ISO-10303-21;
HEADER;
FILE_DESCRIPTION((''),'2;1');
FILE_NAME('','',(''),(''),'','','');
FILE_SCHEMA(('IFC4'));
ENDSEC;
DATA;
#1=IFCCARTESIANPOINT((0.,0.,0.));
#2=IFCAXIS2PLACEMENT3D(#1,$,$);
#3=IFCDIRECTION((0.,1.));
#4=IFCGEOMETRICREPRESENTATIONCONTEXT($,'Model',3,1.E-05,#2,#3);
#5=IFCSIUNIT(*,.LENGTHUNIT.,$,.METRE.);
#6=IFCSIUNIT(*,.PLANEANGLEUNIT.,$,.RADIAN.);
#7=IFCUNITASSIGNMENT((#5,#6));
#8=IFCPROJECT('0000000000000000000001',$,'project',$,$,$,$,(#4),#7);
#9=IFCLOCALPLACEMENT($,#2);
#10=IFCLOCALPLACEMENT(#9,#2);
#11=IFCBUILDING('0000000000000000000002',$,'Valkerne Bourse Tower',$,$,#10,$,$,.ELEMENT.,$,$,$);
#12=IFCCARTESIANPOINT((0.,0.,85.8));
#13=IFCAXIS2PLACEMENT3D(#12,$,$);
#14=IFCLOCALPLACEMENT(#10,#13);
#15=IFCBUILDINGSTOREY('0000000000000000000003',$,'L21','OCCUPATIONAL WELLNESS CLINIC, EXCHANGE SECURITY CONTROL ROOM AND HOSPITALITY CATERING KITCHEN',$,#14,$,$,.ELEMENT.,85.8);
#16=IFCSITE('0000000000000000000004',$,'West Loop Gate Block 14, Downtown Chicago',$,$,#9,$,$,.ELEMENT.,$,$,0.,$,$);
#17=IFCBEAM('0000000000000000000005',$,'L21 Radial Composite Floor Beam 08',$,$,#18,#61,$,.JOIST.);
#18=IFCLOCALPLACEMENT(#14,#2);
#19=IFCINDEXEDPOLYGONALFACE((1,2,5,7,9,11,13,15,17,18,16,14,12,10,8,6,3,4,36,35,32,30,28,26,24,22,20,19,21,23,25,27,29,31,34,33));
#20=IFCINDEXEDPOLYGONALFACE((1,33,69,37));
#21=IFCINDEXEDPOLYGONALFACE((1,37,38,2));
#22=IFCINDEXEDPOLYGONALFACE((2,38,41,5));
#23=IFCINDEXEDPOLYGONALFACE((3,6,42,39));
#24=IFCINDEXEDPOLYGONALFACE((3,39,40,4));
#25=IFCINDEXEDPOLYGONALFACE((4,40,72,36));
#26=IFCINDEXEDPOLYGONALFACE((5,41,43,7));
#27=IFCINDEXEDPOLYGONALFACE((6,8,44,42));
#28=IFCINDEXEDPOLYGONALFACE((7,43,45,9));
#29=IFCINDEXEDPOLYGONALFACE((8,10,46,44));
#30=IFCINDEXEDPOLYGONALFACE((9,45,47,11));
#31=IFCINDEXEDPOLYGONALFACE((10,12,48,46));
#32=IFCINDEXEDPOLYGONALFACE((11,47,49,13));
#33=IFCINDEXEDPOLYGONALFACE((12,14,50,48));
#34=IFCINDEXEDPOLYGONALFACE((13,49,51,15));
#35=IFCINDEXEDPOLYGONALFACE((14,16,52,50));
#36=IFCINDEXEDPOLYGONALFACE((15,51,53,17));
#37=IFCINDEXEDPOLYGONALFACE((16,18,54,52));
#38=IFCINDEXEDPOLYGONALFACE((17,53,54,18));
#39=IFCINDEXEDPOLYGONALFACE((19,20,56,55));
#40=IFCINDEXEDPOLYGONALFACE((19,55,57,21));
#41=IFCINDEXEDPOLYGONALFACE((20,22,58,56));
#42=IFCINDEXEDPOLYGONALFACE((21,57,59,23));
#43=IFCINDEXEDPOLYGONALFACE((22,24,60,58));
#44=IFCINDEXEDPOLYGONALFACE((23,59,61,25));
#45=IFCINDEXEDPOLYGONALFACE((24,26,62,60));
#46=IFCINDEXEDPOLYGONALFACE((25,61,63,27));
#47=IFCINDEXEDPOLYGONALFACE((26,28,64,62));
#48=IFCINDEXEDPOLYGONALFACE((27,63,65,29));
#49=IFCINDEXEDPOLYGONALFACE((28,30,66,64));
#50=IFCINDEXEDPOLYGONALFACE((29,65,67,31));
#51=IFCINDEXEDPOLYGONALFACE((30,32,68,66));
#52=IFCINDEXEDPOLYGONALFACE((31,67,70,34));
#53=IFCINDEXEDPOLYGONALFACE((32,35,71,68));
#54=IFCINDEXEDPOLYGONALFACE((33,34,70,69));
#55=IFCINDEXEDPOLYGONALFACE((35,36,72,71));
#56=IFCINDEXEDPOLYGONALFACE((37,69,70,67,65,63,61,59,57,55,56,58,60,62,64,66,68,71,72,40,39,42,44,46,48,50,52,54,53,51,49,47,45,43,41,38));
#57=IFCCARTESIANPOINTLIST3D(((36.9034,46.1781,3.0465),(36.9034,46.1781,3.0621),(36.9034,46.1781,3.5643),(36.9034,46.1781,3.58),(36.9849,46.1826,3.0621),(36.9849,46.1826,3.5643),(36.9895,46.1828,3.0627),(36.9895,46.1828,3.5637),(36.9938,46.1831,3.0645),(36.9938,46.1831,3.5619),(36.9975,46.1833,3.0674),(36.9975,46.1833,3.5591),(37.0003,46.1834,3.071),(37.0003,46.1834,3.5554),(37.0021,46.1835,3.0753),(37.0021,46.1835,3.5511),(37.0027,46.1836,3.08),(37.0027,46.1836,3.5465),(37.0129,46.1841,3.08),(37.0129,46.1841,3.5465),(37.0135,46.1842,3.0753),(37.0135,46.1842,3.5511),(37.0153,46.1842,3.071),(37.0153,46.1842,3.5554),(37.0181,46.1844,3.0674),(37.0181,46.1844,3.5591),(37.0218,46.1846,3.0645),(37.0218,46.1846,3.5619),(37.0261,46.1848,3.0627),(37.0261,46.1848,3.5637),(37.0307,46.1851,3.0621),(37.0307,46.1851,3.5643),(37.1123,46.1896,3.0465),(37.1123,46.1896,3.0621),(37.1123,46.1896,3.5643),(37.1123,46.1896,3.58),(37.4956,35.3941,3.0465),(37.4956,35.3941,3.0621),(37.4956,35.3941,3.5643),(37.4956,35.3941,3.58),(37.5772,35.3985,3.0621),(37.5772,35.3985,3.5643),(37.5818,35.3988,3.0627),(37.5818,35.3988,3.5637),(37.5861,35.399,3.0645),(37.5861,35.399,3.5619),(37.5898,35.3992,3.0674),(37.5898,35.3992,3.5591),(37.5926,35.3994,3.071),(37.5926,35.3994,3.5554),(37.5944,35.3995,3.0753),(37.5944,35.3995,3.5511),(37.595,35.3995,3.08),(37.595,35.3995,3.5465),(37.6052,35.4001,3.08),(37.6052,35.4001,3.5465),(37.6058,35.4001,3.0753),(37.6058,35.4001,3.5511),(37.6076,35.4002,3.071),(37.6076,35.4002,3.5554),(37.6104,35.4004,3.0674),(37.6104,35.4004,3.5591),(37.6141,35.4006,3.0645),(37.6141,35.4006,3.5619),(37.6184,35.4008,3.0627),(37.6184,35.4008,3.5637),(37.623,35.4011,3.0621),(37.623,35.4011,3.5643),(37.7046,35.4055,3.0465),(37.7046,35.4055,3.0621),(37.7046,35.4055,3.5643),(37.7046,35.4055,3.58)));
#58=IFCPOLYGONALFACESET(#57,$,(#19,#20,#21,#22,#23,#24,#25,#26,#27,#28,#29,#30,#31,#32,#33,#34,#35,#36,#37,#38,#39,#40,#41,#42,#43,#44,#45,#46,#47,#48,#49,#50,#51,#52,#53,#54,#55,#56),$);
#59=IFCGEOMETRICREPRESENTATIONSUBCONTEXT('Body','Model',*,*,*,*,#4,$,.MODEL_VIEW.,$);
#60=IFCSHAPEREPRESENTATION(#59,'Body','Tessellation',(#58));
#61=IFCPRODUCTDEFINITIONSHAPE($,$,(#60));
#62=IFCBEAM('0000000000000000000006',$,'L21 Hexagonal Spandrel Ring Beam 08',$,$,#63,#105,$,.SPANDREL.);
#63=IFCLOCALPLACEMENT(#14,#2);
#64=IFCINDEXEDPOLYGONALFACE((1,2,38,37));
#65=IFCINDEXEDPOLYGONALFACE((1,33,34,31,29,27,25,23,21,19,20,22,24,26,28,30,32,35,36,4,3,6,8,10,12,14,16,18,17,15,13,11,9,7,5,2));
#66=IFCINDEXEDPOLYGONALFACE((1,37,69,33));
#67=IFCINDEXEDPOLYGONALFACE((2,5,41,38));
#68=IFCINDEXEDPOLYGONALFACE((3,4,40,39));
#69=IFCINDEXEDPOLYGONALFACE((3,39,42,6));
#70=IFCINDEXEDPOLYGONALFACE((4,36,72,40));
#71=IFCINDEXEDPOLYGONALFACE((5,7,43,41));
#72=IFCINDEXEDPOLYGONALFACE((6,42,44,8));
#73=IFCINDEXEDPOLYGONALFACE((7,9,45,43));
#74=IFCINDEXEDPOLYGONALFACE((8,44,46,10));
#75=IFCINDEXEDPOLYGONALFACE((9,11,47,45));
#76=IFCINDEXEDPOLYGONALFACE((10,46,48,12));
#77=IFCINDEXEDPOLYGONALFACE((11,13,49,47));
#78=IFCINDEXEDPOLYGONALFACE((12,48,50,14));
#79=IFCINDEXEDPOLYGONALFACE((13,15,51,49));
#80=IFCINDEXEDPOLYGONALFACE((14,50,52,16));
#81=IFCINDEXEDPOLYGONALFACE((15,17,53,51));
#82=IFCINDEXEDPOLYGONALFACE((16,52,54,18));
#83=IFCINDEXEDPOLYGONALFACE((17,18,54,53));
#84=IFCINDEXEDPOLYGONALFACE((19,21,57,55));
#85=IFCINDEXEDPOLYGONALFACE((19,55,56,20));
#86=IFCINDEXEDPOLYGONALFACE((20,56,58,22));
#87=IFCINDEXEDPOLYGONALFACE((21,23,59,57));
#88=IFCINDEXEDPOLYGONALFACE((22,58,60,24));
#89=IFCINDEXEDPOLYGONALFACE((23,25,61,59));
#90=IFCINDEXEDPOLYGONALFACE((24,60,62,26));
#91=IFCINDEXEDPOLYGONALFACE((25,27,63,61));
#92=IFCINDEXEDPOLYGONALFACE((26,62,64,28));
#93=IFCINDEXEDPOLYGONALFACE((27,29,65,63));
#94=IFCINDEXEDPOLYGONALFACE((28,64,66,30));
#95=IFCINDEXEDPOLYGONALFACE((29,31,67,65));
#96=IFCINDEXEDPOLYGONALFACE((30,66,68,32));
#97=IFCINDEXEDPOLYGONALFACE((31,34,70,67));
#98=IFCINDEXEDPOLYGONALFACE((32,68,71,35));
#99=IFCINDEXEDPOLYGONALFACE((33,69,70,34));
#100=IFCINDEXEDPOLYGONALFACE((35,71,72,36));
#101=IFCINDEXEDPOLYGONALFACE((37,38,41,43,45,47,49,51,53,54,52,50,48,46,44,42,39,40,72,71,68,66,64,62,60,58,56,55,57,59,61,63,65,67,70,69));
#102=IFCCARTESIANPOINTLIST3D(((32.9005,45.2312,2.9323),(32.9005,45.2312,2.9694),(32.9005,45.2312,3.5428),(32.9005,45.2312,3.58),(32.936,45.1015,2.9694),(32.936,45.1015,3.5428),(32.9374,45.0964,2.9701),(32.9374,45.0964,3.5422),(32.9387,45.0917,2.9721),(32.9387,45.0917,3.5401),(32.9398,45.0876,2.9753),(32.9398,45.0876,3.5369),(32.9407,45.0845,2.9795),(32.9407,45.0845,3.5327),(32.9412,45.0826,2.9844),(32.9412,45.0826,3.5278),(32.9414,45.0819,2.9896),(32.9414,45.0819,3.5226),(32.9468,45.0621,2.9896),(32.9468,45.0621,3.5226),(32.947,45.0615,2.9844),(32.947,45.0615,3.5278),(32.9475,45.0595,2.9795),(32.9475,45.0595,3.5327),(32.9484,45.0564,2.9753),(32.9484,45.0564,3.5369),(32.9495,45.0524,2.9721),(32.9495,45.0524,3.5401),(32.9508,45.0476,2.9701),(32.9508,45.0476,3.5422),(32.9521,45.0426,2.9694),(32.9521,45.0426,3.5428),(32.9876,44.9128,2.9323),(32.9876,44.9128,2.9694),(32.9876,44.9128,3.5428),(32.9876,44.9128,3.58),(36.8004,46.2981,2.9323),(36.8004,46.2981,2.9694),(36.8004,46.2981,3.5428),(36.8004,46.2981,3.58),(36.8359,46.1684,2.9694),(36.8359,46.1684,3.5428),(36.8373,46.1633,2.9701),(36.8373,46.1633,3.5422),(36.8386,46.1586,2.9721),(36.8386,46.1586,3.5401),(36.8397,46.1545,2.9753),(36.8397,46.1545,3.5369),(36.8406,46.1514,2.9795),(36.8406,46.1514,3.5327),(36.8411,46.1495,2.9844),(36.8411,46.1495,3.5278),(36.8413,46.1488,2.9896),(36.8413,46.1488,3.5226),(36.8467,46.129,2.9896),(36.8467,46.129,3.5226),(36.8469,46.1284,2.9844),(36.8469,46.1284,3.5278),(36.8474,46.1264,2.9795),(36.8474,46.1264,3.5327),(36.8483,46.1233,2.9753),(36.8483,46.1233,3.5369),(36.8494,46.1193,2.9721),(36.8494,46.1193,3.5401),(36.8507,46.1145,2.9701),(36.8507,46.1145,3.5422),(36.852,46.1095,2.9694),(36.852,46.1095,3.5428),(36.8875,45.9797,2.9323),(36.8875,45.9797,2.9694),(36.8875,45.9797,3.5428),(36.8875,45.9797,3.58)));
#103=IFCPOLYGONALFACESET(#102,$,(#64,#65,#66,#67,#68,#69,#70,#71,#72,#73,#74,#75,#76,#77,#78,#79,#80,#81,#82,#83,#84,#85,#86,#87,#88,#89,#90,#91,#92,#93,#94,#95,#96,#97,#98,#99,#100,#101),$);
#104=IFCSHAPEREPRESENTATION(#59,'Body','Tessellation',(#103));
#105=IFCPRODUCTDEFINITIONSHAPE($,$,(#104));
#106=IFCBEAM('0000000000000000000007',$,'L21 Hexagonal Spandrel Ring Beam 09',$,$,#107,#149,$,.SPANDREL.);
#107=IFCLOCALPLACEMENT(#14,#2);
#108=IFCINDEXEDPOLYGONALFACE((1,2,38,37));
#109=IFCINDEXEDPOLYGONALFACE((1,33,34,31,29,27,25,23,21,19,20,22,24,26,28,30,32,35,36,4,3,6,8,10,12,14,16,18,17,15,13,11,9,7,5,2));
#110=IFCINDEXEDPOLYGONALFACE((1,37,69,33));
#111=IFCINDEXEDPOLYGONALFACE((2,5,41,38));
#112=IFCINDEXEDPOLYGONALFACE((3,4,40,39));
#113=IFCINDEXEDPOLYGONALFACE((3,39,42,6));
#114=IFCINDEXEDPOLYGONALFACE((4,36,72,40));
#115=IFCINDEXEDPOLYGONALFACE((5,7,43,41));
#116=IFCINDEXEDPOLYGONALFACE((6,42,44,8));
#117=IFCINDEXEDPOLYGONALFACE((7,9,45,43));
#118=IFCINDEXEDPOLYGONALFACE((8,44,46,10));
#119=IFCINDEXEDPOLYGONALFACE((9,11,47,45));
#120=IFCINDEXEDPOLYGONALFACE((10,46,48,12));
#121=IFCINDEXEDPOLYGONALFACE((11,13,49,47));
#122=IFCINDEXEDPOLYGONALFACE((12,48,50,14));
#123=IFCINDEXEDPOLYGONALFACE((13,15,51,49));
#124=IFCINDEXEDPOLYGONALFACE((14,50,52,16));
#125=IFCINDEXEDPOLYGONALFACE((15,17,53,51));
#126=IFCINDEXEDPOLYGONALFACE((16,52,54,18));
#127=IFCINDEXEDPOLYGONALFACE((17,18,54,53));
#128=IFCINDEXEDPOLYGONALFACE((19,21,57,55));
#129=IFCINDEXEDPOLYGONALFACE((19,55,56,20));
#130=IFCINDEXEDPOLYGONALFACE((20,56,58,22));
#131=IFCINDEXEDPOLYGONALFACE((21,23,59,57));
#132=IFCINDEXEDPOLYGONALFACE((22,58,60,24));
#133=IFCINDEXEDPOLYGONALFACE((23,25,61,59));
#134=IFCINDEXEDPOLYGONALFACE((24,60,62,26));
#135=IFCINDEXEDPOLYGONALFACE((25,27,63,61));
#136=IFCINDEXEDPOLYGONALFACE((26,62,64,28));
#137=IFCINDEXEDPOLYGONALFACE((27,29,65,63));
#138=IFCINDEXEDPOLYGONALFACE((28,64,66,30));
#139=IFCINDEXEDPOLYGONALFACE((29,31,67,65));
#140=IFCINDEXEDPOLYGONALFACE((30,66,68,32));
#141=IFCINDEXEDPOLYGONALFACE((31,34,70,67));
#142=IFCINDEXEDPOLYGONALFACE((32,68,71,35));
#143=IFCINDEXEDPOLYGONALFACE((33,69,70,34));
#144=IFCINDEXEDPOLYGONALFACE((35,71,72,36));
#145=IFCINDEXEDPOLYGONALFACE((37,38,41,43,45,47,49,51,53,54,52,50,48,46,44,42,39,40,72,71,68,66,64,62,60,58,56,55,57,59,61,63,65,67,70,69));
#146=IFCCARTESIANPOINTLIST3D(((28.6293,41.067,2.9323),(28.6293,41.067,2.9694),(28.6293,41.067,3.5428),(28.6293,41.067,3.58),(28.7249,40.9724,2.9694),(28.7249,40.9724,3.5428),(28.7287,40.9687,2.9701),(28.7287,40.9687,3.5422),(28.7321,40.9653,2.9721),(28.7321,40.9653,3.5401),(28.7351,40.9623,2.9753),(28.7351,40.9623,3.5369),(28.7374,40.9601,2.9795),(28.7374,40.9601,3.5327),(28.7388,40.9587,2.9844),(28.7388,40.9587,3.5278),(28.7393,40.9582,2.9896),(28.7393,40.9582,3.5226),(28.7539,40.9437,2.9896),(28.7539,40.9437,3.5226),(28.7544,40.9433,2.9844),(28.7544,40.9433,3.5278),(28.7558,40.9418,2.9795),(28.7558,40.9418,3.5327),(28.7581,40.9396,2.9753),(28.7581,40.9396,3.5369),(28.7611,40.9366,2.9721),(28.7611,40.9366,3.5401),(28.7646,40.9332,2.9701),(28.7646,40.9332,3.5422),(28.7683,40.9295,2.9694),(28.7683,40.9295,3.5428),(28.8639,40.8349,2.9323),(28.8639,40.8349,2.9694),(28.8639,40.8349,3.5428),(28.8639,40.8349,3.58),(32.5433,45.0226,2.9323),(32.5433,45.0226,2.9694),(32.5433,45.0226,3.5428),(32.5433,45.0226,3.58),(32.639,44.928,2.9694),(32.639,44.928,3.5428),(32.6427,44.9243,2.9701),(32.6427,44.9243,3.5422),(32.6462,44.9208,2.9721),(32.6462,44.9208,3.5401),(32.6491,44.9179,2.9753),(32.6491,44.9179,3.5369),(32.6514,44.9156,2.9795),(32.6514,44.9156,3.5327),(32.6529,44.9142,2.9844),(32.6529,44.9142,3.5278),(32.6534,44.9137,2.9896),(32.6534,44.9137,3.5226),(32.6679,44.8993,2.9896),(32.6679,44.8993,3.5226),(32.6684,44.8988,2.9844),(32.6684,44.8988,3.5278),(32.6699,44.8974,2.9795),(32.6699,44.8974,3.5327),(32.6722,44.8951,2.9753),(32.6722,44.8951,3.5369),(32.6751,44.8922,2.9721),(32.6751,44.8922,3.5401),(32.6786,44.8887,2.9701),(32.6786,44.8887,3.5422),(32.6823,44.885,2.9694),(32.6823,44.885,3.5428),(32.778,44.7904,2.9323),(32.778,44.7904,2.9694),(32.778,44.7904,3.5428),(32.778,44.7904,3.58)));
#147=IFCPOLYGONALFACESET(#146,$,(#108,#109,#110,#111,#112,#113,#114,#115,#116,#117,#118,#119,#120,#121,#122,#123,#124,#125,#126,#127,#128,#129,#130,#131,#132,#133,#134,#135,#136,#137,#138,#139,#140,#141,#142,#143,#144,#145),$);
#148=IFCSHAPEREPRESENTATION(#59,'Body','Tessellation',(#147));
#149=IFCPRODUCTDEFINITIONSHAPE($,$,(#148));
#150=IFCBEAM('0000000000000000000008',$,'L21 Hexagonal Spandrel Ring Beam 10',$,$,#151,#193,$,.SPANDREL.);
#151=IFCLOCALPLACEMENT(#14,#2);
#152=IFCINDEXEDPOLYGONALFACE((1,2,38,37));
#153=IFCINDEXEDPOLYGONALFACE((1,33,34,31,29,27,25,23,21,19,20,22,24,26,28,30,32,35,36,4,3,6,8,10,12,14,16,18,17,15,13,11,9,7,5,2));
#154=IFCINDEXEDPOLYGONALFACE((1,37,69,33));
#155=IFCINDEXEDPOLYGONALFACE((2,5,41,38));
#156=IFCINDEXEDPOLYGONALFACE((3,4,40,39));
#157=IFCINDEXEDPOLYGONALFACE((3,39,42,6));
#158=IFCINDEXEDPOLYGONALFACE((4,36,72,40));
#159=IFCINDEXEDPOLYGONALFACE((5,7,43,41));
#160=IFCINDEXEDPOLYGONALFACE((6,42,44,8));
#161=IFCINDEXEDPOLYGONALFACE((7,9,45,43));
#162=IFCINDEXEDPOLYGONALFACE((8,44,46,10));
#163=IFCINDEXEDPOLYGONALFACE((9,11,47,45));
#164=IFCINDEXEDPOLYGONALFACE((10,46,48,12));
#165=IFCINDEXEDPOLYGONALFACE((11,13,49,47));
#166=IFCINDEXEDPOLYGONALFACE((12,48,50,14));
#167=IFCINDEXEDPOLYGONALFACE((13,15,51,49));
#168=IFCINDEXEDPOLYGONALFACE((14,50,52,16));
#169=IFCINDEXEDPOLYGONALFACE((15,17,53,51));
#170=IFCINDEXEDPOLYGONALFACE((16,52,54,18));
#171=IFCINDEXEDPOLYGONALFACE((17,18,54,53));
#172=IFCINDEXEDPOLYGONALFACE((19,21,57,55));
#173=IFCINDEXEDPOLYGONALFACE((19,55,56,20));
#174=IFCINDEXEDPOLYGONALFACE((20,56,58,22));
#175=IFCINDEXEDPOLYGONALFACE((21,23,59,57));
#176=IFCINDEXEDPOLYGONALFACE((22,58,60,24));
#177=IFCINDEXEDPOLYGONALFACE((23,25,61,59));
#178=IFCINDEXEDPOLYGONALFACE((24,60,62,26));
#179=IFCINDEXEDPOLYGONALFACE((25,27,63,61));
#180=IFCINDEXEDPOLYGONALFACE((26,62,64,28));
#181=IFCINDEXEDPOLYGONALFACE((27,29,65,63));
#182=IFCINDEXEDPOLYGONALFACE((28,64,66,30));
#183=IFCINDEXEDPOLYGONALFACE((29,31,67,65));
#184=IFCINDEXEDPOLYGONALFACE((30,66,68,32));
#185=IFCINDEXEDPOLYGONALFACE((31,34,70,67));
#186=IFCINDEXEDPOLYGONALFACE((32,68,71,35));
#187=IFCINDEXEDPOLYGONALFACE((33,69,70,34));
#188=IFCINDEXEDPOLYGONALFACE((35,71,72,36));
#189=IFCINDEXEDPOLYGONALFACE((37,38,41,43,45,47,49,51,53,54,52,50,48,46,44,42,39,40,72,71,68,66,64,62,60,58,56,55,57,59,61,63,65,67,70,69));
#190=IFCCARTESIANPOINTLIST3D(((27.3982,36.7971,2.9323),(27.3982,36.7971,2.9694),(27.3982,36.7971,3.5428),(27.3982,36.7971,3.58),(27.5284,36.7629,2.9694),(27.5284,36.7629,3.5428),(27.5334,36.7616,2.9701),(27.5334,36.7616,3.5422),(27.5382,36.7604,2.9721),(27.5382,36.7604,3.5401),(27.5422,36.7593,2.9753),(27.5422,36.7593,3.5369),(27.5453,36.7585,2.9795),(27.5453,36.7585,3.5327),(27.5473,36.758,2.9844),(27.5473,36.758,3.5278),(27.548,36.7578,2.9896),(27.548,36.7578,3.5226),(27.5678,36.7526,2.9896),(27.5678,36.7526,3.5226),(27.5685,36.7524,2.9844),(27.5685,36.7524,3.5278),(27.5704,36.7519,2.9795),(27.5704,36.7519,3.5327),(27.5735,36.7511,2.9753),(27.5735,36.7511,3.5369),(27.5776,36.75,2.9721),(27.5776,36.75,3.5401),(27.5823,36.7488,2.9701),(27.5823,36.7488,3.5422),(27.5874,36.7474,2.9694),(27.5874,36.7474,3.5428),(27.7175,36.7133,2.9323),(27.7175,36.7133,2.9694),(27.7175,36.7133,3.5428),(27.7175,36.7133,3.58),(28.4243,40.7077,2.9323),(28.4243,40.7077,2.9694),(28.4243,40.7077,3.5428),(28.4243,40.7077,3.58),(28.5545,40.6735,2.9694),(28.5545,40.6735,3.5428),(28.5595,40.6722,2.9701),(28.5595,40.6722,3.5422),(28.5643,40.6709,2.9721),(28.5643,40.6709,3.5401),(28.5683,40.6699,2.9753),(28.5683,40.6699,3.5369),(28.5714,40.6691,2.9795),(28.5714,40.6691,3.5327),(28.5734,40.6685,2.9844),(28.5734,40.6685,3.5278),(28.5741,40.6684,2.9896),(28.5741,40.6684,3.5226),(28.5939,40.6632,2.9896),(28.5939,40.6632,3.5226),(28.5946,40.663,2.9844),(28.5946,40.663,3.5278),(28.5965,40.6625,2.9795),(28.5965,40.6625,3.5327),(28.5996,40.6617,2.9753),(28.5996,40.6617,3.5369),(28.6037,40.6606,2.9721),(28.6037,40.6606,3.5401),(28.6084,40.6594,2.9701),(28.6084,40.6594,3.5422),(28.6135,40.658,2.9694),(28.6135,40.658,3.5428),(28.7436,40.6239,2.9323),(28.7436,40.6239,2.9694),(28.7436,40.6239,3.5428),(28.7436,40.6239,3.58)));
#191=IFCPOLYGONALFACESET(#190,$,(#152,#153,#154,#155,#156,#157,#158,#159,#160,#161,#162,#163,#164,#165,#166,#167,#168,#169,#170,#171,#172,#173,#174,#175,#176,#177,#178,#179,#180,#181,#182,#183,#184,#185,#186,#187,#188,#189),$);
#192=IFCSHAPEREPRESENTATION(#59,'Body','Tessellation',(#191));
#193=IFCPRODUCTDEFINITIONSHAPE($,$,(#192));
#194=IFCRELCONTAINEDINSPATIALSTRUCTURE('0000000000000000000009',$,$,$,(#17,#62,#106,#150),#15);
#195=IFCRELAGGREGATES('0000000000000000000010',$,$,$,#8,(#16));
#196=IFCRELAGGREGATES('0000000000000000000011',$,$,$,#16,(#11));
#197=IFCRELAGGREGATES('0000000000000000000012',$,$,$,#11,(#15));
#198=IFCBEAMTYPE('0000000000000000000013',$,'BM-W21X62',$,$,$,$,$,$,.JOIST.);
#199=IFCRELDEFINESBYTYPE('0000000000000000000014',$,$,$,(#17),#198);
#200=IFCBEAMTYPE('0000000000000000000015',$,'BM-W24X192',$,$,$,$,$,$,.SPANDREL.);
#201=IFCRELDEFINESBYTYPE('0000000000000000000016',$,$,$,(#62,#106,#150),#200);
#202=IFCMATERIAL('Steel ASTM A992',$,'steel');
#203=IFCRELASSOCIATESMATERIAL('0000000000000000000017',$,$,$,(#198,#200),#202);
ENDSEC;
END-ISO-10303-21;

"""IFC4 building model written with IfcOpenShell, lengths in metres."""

from ifc_helpers import new_model, si_unit, direction, frame, origin, origin_2d, place, context, subcontext, project, spatial, i_section, extrude, material, material_profile, profile_set, type_object, element, save


model = new_model("IFC4")

# Units and contexts
model_context = context("Model", 3, precision=1e-05, world=origin(), true_north=direction((0.0, 1.0)))
body_context = subcontext(model_context, "Body", "Model", "MODEL_VIEW")
ifc_project = project(units=[si_unit("LENGTHUNIT", "METRE"), si_unit("PLANEANGLEUNIT", "RADIAN")], contexts=[model_context])

# Site, building, storey
site_placement = place(None, origin())
site = spatial("IfcSite", under=ifc_project, at=site_placement, Name="West Loop Gate Block 14, Downtown Chicago", CompositionType="ELEMENT", RefElevation=0.0)
building_placement = place(site_placement, origin())
building = spatial("IfcBuilding", under=site, at=building_placement, Name="Valkerne Bourse Tower", CompositionType="ELEMENT")
storey_placement = place(building_placement, frame((0.0, 0.0, 85.8)))
storey = spatial("IfcBuildingStorey", under=building, at=storey_placement, Name="L21", Description="OCCUPATIONAL WELLNESS CLINIC, EXCHANGE SECURITY CONTROL ROOM AND HOSPITALITY CATERING KITCHEN", CompositionType="ELEMENT", Elevation=85.8)

# Beams
ifc_material_1 = material(Name="Steel ASTM A992", Category="steel")
ifc_material_profile_1 = material_profile(ifc_material_1, i_section(OverallWidth=0.2092, OverallDepth=0.5334, WebThickness=0.0103, FlangeThickness=0.0156, FilletRadius=0.0178, at=origin_2d()), Name="W21X62")
ifc_profile_set_1 = profile_set([ifc_material_profile_1], Name="Steel ASTM A992")
beam_type_1 = type_object("IfcBeamType", Name="BM-W21X62", PredefinedType="JOIST", material=ifc_profile_set_1)
beam_1_placement = place(storey_placement, frame((37.0078, 46.1838, 3.3132), z_axis=(0.05484, -0.998495, 0.0), x_axis=(0.998495, 0.05484, 0.0)))
element("IfcBeam", 1, at=beam_1_placement, inside=storey, type_object=beam_type_1, Name="L21 Radial Composite Floor Beam 08", PredefinedType="JOIST", context=body_context, shape_type="SweptSolid", body=[
    extrude(i_section(OverallWidth=0.2092, OverallDepth=0.5334, WebThickness=0.0103, FlangeThickness=0.0156, FilletRadius=0.0178, at=origin_2d()), origin(), (0.0, 0.0, 1.0), 10.8003),
])
ifc_material_profile_2 = material_profile(ifc_material_1, i_section(OverallWidth=0.3301, OverallDepth=0.6477, WebThickness=0.0205, FlangeThickness=0.0371, FilletRadius=0.0203, at=origin_2d()), Name="W24X192")
ifc_profile_set_2 = profile_set([ifc_material_profile_2], Name="Steel ASTM A992")
beam_type_2 = type_object("IfcBeamType", Name="BM-W24X192", PredefinedType="SPANDREL", material=ifc_profile_set_2)
beam_2_placement = place(storey_placement, frame((36.844, 46.1389, 3.2561), z_axis=(-0.964557, -0.263874, 0.0), x_axis=(0.263874, -0.964557, 0.0)))
element("IfcBeam", 2, at=beam_2_placement, inside=storey, type_object=beam_type_2, Name="L21 Hexagonal Spandrel Ring Beam 08", PredefinedType="SPANDREL", context=body_context, shape_type="SweptSolid", body=[
    extrude(i_section(OverallWidth=0.3301, OverallDepth=0.6477, WebThickness=0.0205, FlangeThickness=0.0371, FilletRadius=0.0203, at=origin_2d()), origin(), (0.0, 0.0, 1.0), 4.0432),
])
beam_3_placement = place(storey_placement, frame((32.6606, 44.9065, 3.2561), z_axis=(-0.703368, -0.710826, 0.0), x_axis=(0.710826, -0.703368, 0.0)))
element("IfcBeam", 3, at=beam_3_placement, inside=storey, type_object=beam_type_2, Name="L21 Hexagonal Spandrel Ring Beam 09", PredefinedType="SPANDREL", context=body_context, shape_type="SweptSolid", body=[
    extrude(i_section(OverallWidth=0.3301, OverallDepth=0.6477, WebThickness=0.0205, FlangeThickness=0.0371, FilletRadius=0.0203, at=origin_2d()), origin(), (0.0, 0.0, 1.0), 5.5647),
])
beam_4_placement = place(storey_placement, frame((28.584, 40.6658, 3.2561), z_axis=(-0.253801, -0.967257, 0.0), x_axis=(0.967257, -0.253801, 0.0)))
element("IfcBeam", 4, at=beam_4_placement, inside=storey, type_object=beam_type_2, Name="L21 Hexagonal Spandrel Ring Beam 10", PredefinedType="SPANDREL", context=body_context, shape_type="SweptSolid", body=[
    extrude(i_section(OverallWidth=0.3301, OverallDepth=0.6477, WebThickness=0.0205, FlangeThickness=0.0371, FilletRadius=0.0203, at=origin_2d()), origin(), (0.0, 0.0, 1.0), 4.043),
])

save(model, "model.ifc")
